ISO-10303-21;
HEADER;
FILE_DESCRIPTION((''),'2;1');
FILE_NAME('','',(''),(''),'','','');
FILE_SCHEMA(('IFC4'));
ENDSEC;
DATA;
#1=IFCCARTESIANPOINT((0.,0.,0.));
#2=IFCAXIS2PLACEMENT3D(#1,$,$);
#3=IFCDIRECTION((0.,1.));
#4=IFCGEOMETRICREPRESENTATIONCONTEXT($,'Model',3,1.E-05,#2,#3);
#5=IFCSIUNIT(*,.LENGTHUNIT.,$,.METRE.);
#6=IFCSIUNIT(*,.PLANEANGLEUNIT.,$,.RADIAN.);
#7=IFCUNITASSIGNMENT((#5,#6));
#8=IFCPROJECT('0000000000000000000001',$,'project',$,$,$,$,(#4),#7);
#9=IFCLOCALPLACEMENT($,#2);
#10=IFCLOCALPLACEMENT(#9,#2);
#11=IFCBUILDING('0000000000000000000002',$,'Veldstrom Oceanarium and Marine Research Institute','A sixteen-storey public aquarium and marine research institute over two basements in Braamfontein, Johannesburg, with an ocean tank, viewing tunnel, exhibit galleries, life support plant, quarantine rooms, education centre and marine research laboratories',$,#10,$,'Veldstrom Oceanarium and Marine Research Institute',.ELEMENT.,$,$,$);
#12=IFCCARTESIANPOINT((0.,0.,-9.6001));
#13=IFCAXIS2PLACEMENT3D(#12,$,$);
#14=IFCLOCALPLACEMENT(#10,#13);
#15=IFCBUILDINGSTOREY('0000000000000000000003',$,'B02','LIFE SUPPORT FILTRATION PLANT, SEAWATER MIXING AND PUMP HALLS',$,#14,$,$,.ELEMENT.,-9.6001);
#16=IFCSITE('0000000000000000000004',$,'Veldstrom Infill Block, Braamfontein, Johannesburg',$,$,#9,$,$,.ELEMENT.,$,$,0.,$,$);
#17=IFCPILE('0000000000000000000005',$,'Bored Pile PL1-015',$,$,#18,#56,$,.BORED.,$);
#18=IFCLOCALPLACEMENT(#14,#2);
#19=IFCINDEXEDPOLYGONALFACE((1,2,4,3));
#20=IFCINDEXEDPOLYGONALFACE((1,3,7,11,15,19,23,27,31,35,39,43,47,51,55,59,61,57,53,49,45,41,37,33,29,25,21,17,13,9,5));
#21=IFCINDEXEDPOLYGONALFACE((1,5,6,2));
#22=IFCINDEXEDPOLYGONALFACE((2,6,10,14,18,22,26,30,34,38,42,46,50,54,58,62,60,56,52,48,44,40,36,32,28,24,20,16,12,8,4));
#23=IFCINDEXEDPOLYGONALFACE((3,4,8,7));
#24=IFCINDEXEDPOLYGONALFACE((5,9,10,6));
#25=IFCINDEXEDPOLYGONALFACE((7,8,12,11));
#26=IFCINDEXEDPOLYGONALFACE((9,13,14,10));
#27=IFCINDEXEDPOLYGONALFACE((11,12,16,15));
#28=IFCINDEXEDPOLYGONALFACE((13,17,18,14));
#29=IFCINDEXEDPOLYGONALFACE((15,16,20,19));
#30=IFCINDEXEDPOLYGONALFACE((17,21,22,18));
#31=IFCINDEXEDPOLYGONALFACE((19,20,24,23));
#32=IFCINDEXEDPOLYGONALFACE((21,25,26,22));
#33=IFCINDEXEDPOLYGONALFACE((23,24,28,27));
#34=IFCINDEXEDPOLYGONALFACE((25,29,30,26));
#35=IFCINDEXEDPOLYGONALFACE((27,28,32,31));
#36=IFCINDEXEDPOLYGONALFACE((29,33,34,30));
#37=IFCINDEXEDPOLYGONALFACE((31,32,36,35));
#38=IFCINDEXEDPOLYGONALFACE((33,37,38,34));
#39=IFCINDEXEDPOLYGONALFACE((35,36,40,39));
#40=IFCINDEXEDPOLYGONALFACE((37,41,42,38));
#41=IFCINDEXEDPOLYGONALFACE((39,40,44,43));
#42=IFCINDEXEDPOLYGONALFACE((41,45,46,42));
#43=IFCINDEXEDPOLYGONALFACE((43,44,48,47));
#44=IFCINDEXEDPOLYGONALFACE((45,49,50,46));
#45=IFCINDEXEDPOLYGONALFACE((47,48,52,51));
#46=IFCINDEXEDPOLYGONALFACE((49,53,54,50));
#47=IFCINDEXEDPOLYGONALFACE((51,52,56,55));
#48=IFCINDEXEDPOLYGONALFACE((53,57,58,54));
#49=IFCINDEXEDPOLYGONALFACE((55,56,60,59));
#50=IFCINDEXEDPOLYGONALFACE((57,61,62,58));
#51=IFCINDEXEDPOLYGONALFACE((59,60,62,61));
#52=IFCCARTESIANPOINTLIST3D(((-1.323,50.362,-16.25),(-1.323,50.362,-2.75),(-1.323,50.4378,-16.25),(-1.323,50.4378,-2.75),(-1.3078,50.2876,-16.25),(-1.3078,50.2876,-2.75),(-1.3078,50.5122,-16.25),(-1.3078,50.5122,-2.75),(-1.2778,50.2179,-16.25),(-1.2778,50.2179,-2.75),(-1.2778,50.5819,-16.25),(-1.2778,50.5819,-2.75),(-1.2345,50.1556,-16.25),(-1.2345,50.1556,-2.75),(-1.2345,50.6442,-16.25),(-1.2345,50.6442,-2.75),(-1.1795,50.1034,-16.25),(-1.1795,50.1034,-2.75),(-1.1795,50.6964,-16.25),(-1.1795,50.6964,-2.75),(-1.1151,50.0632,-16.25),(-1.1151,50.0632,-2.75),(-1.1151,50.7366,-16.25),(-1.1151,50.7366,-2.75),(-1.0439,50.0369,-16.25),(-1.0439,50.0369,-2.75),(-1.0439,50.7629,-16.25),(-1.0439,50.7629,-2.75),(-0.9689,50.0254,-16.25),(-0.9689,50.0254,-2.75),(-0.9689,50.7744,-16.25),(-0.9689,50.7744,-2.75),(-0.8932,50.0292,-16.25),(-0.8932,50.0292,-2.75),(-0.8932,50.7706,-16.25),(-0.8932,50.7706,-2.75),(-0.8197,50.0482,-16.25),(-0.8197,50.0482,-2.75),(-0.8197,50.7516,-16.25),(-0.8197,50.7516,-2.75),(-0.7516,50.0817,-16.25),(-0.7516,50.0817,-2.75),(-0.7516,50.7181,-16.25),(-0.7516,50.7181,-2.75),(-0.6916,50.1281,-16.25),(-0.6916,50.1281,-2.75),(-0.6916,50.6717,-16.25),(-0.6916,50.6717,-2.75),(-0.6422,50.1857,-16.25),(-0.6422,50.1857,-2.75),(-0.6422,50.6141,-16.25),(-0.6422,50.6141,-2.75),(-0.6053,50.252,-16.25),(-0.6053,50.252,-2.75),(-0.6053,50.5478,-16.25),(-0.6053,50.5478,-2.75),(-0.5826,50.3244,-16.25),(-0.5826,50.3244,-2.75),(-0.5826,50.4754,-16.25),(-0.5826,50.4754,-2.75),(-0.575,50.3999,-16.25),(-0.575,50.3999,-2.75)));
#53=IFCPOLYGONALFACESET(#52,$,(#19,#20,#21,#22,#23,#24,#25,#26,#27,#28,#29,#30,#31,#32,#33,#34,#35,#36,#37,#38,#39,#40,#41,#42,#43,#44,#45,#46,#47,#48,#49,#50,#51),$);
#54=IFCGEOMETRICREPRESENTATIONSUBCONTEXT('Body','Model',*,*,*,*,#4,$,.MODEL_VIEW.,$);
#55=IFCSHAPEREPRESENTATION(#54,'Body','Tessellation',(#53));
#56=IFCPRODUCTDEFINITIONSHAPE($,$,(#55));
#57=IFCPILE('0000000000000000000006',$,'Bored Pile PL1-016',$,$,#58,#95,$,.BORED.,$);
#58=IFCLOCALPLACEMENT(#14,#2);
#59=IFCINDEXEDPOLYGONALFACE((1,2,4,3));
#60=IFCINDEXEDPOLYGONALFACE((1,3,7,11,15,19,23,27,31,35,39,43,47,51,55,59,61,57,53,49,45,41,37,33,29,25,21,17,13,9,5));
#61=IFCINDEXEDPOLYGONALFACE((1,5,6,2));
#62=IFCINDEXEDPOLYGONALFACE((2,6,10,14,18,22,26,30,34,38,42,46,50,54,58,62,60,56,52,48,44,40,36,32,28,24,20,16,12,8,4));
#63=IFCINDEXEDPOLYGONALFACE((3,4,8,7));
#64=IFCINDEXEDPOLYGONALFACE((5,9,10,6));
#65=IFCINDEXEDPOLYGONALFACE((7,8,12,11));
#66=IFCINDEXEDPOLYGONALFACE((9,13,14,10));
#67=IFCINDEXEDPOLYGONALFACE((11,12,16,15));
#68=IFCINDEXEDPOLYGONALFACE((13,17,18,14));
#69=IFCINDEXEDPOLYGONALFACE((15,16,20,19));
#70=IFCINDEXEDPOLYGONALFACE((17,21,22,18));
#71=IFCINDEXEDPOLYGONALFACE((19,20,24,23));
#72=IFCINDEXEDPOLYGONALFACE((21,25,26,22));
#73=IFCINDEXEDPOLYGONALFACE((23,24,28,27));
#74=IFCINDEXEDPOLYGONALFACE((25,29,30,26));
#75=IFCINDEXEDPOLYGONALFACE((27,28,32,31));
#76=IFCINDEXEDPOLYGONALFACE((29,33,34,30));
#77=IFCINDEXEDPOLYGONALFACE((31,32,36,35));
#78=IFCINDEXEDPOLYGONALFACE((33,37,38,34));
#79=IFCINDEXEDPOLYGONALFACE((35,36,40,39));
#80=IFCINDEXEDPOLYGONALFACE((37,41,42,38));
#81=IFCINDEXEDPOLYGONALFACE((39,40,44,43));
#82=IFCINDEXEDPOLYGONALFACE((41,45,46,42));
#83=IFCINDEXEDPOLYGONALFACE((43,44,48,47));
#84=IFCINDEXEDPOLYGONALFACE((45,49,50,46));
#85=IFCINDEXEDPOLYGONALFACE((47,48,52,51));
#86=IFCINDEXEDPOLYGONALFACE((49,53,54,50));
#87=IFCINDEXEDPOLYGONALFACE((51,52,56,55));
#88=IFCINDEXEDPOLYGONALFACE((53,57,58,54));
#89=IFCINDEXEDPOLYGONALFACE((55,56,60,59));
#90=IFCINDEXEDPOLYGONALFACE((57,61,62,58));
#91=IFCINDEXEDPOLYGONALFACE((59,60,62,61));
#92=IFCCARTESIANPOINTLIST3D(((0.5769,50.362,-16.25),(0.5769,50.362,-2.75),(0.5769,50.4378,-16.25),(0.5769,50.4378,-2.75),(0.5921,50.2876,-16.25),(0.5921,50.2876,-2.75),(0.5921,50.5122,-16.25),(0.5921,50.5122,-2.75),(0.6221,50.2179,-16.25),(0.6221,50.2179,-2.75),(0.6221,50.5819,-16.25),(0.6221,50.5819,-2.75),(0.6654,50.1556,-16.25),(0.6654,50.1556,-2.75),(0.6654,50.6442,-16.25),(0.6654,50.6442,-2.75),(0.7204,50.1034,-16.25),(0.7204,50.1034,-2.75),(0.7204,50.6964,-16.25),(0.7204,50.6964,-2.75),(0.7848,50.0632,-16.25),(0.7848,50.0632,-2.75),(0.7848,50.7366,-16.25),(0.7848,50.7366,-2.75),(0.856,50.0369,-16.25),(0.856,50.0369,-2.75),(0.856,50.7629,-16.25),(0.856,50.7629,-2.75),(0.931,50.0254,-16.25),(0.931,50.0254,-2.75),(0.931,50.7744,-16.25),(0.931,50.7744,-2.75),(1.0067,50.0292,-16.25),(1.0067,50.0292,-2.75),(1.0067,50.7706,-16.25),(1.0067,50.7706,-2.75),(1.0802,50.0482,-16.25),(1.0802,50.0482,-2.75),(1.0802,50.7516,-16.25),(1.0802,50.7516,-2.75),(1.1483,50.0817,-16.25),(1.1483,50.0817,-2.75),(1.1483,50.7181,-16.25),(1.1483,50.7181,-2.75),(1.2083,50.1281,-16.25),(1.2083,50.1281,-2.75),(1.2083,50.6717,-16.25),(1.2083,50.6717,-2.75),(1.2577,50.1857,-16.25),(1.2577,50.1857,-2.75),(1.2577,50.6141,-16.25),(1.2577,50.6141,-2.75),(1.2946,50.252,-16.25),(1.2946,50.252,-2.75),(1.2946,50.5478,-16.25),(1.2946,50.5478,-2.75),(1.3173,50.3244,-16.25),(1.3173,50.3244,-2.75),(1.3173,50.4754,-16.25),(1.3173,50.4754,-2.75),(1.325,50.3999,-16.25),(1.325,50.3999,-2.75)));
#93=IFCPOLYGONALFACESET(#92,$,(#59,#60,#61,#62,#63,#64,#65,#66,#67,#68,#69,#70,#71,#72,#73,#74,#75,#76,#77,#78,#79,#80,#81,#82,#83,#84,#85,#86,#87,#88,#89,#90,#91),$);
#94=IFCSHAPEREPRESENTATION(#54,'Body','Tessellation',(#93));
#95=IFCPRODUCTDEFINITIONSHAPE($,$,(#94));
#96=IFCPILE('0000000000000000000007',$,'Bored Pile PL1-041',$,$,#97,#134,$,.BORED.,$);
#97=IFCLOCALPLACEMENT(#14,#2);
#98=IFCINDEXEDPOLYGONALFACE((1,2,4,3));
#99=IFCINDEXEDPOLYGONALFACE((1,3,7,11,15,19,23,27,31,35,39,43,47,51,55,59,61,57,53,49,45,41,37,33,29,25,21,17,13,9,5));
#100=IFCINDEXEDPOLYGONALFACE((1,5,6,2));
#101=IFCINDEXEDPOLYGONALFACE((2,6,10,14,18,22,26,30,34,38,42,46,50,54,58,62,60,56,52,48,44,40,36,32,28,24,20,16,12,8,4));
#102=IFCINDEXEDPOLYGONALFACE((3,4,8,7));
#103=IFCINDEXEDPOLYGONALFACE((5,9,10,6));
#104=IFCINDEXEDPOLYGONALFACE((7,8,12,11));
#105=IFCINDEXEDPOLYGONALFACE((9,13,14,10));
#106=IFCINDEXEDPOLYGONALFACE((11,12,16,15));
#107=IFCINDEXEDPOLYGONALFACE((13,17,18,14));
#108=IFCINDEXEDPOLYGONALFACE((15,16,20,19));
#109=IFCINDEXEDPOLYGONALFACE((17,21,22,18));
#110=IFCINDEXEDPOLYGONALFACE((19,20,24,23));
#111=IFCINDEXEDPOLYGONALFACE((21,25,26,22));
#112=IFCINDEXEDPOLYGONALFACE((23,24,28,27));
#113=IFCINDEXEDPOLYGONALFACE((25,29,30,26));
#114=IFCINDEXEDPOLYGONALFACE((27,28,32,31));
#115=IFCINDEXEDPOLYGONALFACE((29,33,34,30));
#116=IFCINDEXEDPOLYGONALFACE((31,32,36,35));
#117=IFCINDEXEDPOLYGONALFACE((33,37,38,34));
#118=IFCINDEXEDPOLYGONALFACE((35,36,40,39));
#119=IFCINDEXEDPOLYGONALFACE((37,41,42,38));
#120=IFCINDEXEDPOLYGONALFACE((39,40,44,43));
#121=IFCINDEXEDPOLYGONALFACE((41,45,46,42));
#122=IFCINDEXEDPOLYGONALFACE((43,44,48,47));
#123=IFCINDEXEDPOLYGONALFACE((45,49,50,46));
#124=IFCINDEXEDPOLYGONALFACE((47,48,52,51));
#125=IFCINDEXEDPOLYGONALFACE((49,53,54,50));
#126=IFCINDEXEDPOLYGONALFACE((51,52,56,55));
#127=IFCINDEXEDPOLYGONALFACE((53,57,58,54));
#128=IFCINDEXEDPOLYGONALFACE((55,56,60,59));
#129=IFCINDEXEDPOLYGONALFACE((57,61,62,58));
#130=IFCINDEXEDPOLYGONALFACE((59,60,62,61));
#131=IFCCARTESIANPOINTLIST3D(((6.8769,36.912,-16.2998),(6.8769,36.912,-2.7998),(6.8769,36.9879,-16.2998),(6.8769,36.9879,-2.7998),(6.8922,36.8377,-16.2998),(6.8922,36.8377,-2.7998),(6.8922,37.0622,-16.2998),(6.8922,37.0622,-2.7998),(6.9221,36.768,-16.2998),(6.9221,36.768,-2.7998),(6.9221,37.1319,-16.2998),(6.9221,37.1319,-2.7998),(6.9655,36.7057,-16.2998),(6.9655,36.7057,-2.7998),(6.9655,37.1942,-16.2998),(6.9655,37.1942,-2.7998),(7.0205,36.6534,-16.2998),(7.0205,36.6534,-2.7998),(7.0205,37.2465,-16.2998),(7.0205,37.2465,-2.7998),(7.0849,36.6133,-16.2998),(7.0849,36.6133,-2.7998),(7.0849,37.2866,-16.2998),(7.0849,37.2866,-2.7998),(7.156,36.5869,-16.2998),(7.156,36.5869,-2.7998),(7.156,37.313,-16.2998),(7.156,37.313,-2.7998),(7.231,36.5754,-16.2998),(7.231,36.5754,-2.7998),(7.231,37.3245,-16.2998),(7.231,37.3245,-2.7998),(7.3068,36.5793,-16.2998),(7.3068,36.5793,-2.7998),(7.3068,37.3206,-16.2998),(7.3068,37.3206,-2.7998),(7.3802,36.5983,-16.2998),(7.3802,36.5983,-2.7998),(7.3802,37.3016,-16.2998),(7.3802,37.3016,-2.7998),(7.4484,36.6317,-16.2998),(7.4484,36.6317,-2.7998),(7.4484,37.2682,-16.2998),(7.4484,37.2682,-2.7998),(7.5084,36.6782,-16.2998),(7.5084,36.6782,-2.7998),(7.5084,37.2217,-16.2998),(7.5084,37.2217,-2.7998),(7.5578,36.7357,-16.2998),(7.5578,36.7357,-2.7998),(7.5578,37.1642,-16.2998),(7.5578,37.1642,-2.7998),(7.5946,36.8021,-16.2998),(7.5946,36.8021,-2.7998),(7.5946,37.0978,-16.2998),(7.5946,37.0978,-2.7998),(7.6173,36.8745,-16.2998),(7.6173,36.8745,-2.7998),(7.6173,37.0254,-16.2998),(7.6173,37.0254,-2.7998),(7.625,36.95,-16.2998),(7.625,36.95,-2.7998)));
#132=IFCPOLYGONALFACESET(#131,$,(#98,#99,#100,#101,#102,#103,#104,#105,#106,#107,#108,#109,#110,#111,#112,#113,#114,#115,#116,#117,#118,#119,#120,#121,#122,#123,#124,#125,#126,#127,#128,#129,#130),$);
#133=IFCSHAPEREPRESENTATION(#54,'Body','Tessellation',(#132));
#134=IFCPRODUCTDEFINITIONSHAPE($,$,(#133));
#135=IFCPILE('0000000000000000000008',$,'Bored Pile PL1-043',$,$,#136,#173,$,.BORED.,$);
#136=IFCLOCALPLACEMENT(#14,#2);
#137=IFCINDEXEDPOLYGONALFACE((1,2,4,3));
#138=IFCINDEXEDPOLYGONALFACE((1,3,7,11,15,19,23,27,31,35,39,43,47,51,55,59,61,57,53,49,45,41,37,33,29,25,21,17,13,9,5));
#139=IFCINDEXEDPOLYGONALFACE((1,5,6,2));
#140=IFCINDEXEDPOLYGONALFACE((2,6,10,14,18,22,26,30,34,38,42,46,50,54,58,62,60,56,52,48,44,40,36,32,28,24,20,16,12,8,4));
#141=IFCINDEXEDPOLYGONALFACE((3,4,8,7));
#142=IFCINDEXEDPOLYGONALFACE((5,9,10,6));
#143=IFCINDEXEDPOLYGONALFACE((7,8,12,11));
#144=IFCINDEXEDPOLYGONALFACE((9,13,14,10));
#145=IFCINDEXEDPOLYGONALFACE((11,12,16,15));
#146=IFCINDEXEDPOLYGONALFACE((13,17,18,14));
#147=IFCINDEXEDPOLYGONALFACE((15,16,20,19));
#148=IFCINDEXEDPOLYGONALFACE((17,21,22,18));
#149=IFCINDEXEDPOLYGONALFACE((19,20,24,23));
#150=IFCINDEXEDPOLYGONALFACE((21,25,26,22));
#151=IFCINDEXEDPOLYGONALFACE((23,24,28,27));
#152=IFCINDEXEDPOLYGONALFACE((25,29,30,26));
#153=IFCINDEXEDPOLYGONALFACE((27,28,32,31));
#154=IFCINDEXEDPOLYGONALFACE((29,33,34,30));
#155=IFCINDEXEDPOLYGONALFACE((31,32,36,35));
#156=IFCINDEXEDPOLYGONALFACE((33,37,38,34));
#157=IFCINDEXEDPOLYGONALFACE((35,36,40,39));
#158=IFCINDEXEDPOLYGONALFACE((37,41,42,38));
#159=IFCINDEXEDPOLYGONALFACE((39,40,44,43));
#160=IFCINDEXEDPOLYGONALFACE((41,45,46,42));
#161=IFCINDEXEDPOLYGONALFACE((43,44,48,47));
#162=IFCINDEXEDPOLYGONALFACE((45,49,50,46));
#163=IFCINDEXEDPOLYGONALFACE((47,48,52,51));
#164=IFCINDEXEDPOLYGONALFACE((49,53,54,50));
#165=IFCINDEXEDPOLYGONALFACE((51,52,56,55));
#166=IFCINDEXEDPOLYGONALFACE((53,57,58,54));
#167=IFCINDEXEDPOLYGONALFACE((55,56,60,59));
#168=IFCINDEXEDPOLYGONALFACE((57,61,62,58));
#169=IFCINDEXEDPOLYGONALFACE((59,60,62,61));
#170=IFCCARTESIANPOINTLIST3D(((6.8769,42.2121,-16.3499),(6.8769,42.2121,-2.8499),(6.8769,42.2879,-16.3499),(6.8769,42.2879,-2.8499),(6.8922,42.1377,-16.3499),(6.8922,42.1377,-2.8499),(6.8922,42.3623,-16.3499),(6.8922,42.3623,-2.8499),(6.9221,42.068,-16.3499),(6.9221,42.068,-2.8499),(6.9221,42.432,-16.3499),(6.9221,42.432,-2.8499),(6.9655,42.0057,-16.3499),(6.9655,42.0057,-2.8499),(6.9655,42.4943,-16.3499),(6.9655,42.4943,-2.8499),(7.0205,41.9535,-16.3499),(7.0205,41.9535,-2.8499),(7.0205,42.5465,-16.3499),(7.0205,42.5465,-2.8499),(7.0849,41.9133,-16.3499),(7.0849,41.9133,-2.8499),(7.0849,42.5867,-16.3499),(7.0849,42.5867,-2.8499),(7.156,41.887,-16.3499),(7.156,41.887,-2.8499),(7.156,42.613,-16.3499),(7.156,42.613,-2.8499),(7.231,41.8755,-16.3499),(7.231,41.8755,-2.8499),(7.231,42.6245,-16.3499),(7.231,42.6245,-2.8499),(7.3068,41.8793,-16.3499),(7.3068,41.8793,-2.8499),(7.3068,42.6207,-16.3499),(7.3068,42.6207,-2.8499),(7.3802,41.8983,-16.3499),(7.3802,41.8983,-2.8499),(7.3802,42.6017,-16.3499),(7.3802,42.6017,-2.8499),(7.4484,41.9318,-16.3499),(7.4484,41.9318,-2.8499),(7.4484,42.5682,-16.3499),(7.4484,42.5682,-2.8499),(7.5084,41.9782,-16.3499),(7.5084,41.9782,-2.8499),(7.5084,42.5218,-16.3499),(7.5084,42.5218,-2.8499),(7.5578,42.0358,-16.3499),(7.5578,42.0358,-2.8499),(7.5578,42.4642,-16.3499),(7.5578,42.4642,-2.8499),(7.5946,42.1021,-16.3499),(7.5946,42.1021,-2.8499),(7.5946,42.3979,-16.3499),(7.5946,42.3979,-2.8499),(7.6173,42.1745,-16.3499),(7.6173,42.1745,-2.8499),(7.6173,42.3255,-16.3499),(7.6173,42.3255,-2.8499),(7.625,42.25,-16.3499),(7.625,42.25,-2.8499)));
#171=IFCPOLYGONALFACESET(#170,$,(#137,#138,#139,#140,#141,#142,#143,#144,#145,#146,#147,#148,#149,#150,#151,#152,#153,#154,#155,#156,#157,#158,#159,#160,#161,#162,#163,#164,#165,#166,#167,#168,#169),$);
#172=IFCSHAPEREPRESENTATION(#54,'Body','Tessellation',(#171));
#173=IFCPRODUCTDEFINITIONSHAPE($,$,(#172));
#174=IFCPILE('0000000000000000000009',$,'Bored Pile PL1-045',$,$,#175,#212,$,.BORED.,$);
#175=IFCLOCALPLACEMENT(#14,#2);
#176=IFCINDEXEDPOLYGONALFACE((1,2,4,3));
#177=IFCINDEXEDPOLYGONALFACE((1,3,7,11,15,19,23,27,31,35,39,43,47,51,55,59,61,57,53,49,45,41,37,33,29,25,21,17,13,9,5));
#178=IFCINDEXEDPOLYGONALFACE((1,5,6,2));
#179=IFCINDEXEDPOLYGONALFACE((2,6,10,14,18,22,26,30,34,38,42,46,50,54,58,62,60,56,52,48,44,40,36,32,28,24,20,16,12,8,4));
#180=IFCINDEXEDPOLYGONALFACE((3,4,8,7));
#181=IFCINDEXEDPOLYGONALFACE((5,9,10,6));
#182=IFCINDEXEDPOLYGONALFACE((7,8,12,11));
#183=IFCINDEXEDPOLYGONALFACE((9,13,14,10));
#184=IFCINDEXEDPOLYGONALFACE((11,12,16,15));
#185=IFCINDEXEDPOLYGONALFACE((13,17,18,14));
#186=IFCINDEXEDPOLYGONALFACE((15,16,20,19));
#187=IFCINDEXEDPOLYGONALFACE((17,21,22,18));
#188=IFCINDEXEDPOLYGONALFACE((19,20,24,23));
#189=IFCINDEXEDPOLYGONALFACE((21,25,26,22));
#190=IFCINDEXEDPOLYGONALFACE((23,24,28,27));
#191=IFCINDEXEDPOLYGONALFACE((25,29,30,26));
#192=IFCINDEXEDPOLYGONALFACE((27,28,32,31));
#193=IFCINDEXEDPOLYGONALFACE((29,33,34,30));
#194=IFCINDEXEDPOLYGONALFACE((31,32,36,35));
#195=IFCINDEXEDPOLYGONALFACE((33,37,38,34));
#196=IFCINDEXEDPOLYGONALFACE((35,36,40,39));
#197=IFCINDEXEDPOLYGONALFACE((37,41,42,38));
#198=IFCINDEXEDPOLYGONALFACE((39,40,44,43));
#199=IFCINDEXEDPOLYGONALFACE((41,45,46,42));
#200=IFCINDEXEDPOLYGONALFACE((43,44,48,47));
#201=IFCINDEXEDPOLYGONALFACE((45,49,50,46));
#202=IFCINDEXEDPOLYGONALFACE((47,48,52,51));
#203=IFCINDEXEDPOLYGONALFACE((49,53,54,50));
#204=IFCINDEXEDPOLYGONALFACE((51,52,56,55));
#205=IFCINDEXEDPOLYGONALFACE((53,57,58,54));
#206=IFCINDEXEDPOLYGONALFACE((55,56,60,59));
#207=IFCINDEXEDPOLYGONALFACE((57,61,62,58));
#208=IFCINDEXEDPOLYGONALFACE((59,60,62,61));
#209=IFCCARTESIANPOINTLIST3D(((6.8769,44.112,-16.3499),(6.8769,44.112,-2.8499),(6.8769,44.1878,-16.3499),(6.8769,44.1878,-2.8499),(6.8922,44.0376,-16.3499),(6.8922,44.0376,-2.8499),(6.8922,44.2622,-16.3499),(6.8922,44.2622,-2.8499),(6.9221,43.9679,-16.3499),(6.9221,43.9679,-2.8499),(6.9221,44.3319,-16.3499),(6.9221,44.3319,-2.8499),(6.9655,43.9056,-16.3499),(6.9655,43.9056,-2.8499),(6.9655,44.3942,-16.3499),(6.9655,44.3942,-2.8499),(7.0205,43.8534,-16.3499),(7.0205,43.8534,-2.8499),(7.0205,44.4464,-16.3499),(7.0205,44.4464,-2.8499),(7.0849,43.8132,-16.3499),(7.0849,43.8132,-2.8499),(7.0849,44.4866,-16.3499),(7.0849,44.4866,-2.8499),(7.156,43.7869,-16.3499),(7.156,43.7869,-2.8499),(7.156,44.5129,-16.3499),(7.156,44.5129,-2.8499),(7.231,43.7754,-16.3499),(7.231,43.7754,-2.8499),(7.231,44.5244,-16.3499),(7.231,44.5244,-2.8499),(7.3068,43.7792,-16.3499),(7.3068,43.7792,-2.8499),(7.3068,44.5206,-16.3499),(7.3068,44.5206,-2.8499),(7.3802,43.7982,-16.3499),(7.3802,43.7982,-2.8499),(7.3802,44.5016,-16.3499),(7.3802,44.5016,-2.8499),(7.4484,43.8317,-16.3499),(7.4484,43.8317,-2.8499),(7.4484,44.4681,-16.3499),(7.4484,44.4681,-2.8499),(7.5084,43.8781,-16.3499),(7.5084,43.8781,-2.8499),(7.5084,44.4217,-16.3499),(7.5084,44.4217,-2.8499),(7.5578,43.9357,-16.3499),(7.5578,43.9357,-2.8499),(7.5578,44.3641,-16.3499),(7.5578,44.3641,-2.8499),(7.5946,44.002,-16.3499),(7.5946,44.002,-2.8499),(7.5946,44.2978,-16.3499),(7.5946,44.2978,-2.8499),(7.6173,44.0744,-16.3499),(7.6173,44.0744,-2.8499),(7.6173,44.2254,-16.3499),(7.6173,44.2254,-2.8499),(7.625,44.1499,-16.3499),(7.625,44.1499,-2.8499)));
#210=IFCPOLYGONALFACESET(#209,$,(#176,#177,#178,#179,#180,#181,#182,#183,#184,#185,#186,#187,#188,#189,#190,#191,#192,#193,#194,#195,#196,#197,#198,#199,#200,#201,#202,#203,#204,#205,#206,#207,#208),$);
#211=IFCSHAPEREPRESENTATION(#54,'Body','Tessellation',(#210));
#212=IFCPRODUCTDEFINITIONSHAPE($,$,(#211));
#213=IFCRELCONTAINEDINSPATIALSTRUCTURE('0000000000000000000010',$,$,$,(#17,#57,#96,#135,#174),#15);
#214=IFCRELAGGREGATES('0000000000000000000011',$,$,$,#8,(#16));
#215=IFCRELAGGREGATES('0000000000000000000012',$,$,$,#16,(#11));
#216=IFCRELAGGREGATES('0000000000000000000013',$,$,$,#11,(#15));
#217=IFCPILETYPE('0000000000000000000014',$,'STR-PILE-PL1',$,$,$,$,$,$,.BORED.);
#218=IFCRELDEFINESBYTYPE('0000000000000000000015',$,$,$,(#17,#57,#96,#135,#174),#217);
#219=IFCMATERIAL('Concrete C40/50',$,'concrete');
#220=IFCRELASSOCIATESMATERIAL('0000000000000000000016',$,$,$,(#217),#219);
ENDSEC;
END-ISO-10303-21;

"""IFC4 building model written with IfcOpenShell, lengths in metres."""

from ifc_helpers import new_model, si_unit, direction, frame, origin, origin_2d, place, context, subcontext, project, spatial, circle, extrude, material, material_profile, profile_set, type_object, element, save


model = new_model("IFC4")

# Units and contexts
model_context = context("Model", 3, precision=1e-05, world=origin(), true_north=direction((0.0, 1.0)))
body_context = subcontext(model_context, "Body", "Model", "MODEL_VIEW")
ifc_project = project(units=[si_unit("LENGTHUNIT", "METRE"), si_unit("PLANEANGLEUNIT", "RADIAN")], contexts=[model_context])

# Site, building, storey
site_placement = place(None, origin())
site = spatial("IfcSite", under=ifc_project, at=site_placement, Name="Veldstrom Infill Block, Braamfontein, Johannesburg", CompositionType="ELEMENT", RefElevation=0.0)
building_placement = place(site_placement, origin())
building = spatial("IfcBuilding", under=site, at=building_placement, Name="Veldstrom Oceanarium and Marine Research Institute", Description="A sixteen-storey public aquarium and marine research institute over two basements in Braamfontein, Johannesburg, with an ocean tank, viewing tunnel, exhibit galleries, life support plant, quarantine rooms, education centre and marine research laboratories", LongName="Veldstrom Oceanarium and Marine Research Institute", CompositionType="ELEMENT")
storey_placement = place(building_placement, frame((0.0, 0.0, -9.6001)))
storey = spatial("IfcBuildingStorey", under=building, at=storey_placement, Name="B02", Description="LIFE SUPPORT FILTRATION PLANT, SEAWATER MIXING AND PUMP HALLS", CompositionType="ELEMENT", Elevation=-9.6001)

# Piles
ifc_material_1 = material(Name="Concrete C40/50", Category="concrete")
ifc_material_profile_1 = material_profile(ifc_material_1, circle(Radius=0.375, at=origin_2d()), Name="PILE-D750")
ifc_profile_set_1 = profile_set([ifc_material_profile_1], Name="Concrete C40/50")
pile_type = type_object("IfcPileType", Name="STR-PILE-PL1", PredefinedType="BORED", material=ifc_profile_set_1)
for number, where, z_axis, x_axis, name in (
    (1, (-0.95, 50.3999, -2.75), (0.0, 0.0, -1.0), (1.0, 0.0, 0.0), "Bored Pile PL1-015"),
    (2, (0.95, 50.3999, -2.75), (0.0, 0.0, -1.0), (1.0, 0.0, 0.0), "Bored Pile PL1-016"),
    (3, (7.25, 36.95, -2.7998), (0.0, 0.0, -1.0), (1.0, 0.0, 0.0), "Bored Pile PL1-041"),
    (4, (7.25, 42.25, -2.8499), (0.0, 0.0, -1.0), (1.0, 0.0, 0.0), "Bored Pile PL1-043"),
    (5, (7.25, 44.1499, -2.8499), (0.0, 0.0, -1.0), (1.0, 0.0, 0.0), "Bored Pile PL1-045"),
):
    element("IfcPile", number, at=place(storey_placement, frame(where, z_axis=z_axis, x_axis=x_axis)), inside=storey, type_object=pile_type, Name=name, PredefinedType="BORED", context=body_context, shape_type="SweptSolid", body=[
        extrude(circle(Radius=0.375, at=origin_2d()), origin(), (0.0, 0.0, 1.0), 13.5),
    ])

save(model, "model.ifc")
